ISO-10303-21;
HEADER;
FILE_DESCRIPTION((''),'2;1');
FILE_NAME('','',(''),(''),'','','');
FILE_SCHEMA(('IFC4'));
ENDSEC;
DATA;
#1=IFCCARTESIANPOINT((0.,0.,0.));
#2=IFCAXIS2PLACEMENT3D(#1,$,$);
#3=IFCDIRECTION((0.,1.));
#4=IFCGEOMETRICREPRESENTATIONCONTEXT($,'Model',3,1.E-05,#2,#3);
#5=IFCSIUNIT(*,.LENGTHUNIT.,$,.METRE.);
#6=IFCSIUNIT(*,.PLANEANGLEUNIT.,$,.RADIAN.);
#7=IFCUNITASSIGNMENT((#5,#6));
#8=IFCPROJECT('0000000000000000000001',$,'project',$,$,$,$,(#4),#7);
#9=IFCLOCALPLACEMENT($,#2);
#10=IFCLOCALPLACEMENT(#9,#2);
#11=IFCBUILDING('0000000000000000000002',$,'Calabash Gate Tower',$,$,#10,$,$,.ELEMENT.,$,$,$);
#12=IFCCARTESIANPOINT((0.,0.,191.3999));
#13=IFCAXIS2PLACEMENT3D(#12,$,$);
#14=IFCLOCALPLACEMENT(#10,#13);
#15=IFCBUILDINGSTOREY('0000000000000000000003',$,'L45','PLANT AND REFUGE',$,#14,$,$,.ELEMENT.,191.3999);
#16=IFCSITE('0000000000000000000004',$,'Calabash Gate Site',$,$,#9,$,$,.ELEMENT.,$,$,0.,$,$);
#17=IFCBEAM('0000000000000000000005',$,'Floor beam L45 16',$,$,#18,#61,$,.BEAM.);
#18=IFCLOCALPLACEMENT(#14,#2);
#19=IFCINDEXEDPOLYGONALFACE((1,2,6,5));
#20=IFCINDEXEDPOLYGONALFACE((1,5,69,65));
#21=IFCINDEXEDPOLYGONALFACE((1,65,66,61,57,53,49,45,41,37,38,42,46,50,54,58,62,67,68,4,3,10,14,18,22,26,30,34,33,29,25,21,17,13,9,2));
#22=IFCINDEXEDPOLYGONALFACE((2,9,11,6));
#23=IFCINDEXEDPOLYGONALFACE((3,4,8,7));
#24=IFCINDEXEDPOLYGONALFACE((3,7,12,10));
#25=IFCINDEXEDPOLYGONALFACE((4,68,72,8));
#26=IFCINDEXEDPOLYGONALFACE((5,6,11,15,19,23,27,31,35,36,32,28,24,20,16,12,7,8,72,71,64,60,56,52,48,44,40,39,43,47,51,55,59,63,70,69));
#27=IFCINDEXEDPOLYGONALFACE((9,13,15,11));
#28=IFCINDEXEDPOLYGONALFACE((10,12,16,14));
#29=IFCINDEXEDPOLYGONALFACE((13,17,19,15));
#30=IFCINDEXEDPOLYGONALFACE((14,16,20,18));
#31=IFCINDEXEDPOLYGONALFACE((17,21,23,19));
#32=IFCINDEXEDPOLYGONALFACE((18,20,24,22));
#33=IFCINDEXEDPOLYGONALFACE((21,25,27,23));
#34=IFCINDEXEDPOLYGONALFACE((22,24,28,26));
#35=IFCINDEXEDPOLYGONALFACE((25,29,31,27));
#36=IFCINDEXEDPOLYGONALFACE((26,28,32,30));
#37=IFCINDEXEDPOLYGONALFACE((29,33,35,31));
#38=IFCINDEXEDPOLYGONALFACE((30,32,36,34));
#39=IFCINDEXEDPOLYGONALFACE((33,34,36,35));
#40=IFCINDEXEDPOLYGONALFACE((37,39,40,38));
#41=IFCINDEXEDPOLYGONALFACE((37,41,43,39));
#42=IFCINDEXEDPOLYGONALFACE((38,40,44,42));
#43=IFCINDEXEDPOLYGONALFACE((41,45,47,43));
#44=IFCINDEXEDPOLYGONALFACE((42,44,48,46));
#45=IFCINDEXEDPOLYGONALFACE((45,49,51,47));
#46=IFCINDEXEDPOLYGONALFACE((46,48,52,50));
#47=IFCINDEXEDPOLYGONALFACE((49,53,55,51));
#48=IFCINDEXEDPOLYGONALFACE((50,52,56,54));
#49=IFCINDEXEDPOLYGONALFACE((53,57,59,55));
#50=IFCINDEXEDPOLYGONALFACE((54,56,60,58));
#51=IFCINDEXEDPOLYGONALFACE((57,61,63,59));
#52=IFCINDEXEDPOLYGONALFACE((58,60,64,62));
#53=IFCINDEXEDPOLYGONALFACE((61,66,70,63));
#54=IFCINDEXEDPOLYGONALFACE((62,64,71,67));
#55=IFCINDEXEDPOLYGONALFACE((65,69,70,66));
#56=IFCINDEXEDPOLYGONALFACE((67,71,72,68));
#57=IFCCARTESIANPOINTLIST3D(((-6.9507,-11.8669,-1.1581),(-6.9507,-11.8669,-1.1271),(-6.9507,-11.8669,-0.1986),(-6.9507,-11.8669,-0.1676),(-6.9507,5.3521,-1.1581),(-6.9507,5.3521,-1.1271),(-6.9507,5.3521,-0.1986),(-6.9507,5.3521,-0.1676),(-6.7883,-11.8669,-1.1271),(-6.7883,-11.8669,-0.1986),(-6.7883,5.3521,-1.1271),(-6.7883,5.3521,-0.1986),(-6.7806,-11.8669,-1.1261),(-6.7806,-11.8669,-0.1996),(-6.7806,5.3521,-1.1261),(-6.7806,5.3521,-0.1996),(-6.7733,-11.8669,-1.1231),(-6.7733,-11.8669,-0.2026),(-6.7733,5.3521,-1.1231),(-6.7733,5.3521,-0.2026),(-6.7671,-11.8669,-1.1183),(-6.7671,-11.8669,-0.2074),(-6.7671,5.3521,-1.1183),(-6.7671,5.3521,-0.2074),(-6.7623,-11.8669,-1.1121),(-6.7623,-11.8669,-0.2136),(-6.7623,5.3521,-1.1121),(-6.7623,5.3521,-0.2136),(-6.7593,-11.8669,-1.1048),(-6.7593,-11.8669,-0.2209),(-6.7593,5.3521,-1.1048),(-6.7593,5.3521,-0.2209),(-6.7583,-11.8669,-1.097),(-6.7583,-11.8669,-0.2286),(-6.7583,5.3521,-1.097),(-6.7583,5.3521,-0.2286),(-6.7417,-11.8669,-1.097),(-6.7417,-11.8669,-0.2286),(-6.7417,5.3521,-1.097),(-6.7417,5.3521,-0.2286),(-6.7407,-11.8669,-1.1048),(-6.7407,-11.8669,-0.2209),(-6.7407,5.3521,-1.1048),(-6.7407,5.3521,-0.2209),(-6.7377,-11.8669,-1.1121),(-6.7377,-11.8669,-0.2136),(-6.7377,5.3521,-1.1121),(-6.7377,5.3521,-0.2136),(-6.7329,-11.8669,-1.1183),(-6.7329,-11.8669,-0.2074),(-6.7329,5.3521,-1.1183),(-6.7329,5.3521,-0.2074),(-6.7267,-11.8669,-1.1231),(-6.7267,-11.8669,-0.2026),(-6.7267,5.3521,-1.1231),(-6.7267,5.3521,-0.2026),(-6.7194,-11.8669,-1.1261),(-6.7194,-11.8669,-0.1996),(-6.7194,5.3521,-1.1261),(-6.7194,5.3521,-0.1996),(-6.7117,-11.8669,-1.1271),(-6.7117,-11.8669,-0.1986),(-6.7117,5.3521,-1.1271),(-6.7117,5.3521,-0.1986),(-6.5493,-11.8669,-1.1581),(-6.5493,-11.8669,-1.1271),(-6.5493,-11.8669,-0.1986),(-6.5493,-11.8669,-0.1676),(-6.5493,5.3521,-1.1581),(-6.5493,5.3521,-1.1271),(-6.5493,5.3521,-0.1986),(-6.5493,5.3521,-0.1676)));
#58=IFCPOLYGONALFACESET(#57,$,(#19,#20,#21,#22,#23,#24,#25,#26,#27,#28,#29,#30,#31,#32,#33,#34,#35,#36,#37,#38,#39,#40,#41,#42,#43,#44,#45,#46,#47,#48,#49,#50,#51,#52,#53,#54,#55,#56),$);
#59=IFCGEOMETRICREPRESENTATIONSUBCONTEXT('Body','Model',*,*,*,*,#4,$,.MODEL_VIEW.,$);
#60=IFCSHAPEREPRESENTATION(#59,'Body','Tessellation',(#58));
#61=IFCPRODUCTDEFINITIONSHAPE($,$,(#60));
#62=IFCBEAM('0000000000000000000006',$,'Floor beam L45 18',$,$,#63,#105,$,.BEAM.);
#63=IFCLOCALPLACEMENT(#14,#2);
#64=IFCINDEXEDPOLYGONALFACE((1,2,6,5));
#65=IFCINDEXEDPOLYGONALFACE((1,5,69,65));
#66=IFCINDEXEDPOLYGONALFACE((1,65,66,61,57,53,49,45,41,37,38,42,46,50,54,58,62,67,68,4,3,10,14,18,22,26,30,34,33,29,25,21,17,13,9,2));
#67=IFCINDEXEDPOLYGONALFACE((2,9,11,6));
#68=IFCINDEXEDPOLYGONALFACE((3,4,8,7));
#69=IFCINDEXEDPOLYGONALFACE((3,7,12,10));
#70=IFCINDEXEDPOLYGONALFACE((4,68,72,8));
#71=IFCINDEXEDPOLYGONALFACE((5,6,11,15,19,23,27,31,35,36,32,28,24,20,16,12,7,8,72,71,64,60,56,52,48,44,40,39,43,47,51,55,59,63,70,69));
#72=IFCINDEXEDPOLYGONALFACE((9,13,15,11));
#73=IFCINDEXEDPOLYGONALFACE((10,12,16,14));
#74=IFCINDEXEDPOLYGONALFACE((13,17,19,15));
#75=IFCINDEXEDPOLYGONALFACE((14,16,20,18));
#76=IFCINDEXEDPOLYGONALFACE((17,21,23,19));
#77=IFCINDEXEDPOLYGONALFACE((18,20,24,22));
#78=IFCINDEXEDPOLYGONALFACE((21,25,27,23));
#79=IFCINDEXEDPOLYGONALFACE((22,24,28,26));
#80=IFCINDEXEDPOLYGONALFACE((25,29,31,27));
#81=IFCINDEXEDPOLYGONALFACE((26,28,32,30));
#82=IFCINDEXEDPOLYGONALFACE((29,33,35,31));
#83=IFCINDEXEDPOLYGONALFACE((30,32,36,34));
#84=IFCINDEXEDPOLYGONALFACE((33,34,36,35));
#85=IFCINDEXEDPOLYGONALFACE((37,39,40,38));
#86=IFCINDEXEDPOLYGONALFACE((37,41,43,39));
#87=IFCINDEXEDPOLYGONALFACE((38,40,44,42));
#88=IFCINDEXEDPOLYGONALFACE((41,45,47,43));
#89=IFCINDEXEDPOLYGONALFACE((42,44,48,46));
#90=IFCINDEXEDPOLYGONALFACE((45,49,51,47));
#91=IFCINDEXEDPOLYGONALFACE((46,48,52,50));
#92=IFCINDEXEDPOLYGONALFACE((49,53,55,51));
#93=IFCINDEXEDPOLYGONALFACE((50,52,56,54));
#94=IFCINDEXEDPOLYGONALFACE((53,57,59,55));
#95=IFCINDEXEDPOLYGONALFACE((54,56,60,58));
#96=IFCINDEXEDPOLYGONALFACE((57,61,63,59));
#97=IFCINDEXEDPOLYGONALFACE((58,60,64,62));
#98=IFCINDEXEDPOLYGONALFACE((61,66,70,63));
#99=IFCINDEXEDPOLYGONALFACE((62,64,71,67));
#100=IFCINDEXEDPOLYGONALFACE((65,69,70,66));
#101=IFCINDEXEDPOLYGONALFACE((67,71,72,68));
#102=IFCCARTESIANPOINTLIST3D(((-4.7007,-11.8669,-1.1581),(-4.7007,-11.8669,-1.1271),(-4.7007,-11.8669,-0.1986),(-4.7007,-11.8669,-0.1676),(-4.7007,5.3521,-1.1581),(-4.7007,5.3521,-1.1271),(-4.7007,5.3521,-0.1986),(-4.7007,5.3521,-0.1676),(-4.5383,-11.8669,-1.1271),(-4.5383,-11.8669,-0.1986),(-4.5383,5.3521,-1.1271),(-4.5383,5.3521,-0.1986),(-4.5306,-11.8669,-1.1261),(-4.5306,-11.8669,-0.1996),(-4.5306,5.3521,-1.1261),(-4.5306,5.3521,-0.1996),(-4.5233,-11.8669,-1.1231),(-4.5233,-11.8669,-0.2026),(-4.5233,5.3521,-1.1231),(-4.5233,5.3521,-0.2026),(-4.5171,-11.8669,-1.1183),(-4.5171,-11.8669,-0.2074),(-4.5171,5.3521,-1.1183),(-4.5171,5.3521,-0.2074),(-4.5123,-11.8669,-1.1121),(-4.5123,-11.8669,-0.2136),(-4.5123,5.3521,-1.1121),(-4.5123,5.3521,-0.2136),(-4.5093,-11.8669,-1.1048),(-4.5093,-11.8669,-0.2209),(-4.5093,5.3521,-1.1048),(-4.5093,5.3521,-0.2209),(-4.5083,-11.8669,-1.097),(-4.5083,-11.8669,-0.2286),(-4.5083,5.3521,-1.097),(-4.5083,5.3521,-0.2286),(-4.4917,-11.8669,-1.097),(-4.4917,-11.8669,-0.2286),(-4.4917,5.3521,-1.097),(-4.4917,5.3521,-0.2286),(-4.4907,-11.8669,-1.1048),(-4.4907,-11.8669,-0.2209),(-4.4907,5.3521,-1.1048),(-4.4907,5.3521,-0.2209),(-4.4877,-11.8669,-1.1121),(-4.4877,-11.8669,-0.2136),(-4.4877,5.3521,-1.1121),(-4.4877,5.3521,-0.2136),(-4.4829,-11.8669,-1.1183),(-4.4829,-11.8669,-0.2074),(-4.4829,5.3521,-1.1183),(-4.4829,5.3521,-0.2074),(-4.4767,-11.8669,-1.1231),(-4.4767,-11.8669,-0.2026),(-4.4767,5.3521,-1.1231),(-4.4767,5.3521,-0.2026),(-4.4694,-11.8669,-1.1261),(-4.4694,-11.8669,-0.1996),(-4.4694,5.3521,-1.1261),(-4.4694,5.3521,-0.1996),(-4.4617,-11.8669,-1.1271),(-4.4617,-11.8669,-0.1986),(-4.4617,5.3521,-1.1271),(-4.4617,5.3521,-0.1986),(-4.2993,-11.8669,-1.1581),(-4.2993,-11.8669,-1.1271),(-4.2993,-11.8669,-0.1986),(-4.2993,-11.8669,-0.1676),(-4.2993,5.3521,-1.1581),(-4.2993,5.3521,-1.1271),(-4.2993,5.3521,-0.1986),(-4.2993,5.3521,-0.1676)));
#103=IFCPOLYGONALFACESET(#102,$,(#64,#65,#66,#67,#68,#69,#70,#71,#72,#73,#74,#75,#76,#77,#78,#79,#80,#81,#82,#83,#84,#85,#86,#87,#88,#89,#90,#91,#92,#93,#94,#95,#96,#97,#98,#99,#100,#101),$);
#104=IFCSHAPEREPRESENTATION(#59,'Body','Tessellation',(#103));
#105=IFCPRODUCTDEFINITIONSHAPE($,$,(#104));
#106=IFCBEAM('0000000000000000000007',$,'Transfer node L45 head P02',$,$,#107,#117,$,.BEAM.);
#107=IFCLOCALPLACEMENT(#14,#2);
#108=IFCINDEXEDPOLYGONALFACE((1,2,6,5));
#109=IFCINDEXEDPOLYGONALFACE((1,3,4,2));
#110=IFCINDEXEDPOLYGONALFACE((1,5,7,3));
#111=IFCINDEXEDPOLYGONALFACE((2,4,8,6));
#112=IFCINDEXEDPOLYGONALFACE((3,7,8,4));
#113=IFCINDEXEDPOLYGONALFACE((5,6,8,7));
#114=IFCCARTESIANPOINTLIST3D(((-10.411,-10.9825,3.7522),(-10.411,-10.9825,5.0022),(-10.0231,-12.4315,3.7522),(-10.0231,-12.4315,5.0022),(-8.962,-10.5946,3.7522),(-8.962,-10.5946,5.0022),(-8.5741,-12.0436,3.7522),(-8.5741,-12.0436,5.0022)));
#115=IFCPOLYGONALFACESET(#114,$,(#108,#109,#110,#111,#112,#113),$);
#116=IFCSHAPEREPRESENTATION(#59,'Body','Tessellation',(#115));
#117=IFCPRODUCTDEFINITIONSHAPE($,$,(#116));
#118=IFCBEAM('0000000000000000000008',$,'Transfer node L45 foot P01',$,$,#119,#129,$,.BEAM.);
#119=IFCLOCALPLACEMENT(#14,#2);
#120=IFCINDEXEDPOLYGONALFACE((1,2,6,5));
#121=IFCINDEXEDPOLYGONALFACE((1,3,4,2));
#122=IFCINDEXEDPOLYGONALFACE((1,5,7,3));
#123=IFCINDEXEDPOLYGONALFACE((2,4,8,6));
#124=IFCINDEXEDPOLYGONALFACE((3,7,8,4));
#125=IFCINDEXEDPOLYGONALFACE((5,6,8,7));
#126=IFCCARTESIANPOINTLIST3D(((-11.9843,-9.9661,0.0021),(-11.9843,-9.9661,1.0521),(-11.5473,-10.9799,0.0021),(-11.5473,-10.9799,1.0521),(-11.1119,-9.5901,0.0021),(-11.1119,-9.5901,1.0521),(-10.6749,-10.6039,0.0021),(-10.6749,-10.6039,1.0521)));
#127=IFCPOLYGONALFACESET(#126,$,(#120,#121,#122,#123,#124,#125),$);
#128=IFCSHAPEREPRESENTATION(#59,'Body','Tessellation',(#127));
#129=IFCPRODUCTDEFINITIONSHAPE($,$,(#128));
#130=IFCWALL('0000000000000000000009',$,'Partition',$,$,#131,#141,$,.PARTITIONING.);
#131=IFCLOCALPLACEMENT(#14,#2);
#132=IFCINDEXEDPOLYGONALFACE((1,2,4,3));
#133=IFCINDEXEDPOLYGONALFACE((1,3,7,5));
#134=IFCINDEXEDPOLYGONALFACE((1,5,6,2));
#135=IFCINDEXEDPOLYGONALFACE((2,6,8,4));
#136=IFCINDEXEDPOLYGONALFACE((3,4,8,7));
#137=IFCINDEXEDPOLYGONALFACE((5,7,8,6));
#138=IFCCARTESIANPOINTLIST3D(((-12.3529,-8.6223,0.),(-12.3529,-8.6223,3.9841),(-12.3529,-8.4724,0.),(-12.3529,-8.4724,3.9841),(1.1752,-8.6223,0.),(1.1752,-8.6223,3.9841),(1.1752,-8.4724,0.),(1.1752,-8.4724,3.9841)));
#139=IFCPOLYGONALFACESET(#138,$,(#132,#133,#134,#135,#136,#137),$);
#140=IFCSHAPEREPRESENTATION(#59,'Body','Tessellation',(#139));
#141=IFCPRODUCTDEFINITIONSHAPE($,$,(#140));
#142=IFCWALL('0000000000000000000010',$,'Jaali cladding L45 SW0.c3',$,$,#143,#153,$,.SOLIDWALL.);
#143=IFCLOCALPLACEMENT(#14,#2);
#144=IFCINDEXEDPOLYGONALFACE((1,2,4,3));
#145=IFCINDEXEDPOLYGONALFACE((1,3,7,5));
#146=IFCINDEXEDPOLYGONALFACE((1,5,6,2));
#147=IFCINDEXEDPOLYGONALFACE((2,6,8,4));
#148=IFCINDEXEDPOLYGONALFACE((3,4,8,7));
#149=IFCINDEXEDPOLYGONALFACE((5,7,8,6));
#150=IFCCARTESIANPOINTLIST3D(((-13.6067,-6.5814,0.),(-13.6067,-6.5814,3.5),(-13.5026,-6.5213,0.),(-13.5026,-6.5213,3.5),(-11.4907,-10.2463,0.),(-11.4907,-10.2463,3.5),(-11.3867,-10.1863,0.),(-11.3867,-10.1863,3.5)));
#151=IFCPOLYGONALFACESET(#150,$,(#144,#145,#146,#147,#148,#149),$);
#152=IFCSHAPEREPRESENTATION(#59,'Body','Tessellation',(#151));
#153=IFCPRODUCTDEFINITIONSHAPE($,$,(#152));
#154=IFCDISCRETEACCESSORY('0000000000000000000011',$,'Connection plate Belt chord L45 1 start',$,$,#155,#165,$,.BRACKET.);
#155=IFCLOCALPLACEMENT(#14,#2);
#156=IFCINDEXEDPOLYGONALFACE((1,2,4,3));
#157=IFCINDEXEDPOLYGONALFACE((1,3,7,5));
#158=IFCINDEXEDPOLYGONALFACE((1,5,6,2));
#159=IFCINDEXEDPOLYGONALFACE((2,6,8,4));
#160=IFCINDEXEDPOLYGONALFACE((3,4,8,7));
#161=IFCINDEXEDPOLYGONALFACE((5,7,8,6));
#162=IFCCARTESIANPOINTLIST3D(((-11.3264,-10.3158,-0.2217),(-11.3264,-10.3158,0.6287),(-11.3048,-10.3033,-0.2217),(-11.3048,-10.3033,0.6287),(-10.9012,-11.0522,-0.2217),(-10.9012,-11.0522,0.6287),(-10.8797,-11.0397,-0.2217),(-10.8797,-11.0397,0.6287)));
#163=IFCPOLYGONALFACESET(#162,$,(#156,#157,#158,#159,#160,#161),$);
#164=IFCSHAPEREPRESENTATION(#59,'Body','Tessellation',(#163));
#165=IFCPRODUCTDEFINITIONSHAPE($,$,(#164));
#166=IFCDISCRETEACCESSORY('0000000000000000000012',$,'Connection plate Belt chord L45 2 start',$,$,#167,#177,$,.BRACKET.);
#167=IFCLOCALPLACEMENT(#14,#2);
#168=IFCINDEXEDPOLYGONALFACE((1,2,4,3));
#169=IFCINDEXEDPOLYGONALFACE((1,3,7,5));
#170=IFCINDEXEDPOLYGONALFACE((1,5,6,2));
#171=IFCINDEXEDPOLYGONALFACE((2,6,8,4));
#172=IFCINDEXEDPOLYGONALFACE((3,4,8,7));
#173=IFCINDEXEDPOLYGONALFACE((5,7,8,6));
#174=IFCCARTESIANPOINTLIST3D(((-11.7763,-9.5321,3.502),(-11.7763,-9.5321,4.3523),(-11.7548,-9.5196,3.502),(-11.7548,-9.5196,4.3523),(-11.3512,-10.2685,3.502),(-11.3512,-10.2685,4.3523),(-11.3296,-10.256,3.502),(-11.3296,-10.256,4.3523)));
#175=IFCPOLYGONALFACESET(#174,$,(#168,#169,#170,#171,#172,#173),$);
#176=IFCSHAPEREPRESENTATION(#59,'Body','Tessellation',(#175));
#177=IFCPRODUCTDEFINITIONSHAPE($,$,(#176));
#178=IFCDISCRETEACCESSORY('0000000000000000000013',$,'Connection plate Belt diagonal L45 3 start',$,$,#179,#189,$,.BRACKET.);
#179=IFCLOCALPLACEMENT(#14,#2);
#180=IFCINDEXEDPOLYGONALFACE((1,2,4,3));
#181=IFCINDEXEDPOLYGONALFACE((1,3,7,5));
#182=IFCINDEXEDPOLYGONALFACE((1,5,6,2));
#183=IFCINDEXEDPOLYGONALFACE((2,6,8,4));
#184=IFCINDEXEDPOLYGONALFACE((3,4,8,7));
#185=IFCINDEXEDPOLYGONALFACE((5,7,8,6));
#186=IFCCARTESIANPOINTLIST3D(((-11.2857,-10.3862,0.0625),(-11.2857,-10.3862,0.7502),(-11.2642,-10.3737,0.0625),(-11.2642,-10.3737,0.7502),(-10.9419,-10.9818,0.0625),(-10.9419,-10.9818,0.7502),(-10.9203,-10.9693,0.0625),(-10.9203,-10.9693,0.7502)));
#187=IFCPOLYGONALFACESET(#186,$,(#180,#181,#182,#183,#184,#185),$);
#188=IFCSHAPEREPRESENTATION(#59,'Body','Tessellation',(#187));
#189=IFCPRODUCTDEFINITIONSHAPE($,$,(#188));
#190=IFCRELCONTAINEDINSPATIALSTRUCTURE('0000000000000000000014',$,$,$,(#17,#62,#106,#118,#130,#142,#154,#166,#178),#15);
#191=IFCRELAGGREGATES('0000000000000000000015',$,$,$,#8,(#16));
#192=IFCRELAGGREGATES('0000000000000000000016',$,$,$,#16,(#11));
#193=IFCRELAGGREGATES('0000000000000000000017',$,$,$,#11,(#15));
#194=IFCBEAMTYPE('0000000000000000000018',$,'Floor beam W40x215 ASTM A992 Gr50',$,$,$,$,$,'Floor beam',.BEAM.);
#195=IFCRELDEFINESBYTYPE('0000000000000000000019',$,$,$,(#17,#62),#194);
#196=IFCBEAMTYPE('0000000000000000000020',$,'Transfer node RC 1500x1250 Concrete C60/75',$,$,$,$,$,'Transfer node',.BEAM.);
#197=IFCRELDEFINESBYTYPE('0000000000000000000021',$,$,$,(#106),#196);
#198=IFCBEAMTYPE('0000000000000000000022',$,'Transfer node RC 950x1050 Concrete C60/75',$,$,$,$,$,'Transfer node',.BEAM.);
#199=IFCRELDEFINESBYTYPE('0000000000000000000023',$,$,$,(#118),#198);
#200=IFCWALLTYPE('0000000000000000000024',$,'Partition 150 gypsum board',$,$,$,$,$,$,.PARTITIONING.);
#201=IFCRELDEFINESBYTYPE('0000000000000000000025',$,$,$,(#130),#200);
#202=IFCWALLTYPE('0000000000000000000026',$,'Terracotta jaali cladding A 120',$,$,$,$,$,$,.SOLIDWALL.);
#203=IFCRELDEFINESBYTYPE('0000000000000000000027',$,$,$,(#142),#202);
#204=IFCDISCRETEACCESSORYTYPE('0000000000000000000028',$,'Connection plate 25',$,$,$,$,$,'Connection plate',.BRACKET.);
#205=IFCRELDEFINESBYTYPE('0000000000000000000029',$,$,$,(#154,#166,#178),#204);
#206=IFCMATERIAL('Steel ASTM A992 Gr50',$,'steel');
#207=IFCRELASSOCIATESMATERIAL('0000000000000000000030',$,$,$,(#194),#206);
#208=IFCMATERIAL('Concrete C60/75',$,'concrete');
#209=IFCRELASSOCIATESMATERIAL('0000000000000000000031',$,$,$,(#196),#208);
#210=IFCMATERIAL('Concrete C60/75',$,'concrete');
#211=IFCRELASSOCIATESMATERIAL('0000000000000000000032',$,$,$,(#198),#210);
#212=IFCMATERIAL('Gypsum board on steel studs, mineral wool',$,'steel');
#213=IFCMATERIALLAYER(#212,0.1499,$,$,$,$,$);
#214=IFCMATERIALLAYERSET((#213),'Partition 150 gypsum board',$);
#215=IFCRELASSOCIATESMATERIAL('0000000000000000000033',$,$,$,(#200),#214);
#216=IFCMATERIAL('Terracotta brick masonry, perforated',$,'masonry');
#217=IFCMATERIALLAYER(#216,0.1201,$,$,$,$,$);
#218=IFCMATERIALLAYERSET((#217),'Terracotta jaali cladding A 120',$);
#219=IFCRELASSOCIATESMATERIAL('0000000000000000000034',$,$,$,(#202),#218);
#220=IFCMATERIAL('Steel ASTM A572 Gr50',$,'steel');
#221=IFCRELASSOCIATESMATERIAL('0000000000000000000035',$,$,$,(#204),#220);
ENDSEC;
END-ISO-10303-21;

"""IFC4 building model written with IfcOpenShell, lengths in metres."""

from ifc_helpers import new_model, si_unit, direction, frame, frame_2d, origin, origin_2d, place, context, subcontext, project, spatial, rectangle, i_section, extrude, material, layer, layer_set, material_profile, profile_set, type_object, element, save


model = new_model("IFC4")

# Units and contexts
model_context = context("Model", 3, precision=1e-05, world=origin(), true_north=direction((0.0, 1.0)))
body_context = subcontext(model_context, "Body", "Model", "MODEL_VIEW")
ifc_project = project(units=[si_unit("LENGTHUNIT", "METRE"), si_unit("PLANEANGLEUNIT", "RADIAN")], contexts=[model_context])

# Site, building, storey
site_placement = place(None, origin())
site = spatial("IfcSite", under=ifc_project, at=site_placement, Name="Calabash Gate Site", CompositionType="ELEMENT", RefElevation=0.0)
building_placement = place(site_placement, origin())
building = spatial("IfcBuilding", under=site, at=building_placement, Name="Calabash Gate Tower", CompositionType="ELEMENT")
storey_placement = place(building_placement, frame((0.0, 0.0, 191.3999)))
storey = spatial("IfcBuildingStorey", under=building, at=storey_placement, Name="L45", Description="PLANT AND REFUGE", CompositionType="ELEMENT", Elevation=191.3999)

# Beams
ifc_material_1 = material(Name="Steel ASTM A992 Gr50", Category="steel")
ifc_material_profile_1 = material_profile(ifc_material_1, i_section(OverallWidth=0.4014, OverallDepth=0.9905, WebThickness=0.0166, FlangeThickness=0.031, FilletRadius=0.03, at=origin_2d()))
ifc_profile_set_1 = profile_set([ifc_material_profile_1], Name="Steel ASTM A992 Gr50")
beam_type_1 = type_object("IfcBeamType", Name="Floor beam W40x215 ASTM A992 Gr50", ElementType="Floor beam", PredefinedType="BEAM", material=ifc_profile_set_1)
for number, where, z_axis, x_axis, name in (
    (1, (-6.75, -11.8669, -0.6628), (0.0, 1.0, 0.0), (-1.0, 0.0, 0.0), "Floor beam L45 16"),
    (2, (-4.5, -11.8669, -0.6628), (0.0, 1.0, 0.0), (-1.0, 0.0, 0.0), "Floor beam L45 18"),
):
    element("IfcBeam", number, at=place(storey_placement, frame(where, z_axis=z_axis, x_axis=x_axis)), inside=storey, type_object=beam_type_1, Name=name, PredefinedType="BEAM", context=body_context, shape_type="SweptSolid", body=[
        extrude(i_section(OverallWidth=0.4014, OverallDepth=0.9905, WebThickness=0.0166, FlangeThickness=0.031, FilletRadius=0.03, at=origin_2d()), origin(), (0.0, 0.0, 1.0), 17.219),
    ])
ifc_material_2 = material(Name="Concrete C60/75", Category="concrete")
ifc_material_profile_2 = material_profile(ifc_material_2, rectangle(XDim=1.5, YDim=1.25, at=origin_2d()))
ifc_profile_set_2 = profile_set([ifc_material_profile_2], Name="Concrete C60/75")
beam_type_2 = type_object("IfcBeamType", Name="Transfer node RC 1500x1250 Concrete C60/75", ElementType="Transfer node", PredefinedType="BEAM", material=ifc_profile_set_2)
beam_1_placement = place(storey_placement, frame((-8.7681, -11.3191, 4.3772), z_axis=(-0.965978, -0.258625, 0.0), x_axis=(0.258625, -0.965978, 0.0)))
element("IfcBeam", 3, at=beam_1_placement, inside=storey, type_object=beam_type_2, Name="Transfer node L45 head P02", PredefinedType="BEAM", context=body_context, shape_type="SweptSolid", body=[
    extrude(rectangle(XDim=1.5, YDim=1.25, at=origin_2d()), origin(), (0.0, 0.0, 1.0), 1.5),
])
ifc_material_3 = material(Name="Concrete C60/75", Category="concrete")
ifc_material_profile_3 = material_profile(ifc_material_3, rectangle(XDim=0.95, YDim=1.05, at=origin_2d()))
ifc_profile_set_3 = profile_set([ifc_material_profile_3], Name="Concrete C60/75")
beam_type_3 = type_object("IfcBeamType", Name="Transfer node RC 950x1050 Concrete C60/75", ElementType="Transfer node", PredefinedType="BEAM", material=ifc_profile_set_3)
beam_2_placement = place(storey_placement, frame((-11.5481, -9.7781, 0.5271), z_axis=(0.395813, -0.918331, 0.0), x_axis=(0.918331, 0.395813, 0.0)))
element("IfcBeam", 4, at=beam_2_placement, inside=storey, type_object=beam_type_3, Name="Transfer node L45 foot P01", PredefinedType="BEAM", context=body_context, shape_type="SweptSolid", body=[
    extrude(rectangle(XDim=0.95, YDim=1.05, at=origin_2d()), origin(), (0.0, 0.0, 1.0), 1.104),
])

# Walls
ifc_material_4 = material(Name="Gypsum board on steel studs, mineral wool", Category="steel")
ifc_layer_1 = layer(ifc_material_4, 0.1499)
ifc_layer_set_1 = layer_set([ifc_layer_1], Name="Partition 150 gypsum board")
wall_type_1 = type_object("IfcWallType", Name="Partition 150 gypsum board", PredefinedType="PARTITIONING", material=ifc_layer_set_1)
wall_1_placement = place(storey_placement, frame((-12.353, -8.5474, 0.0), z_axis=(0.0, 0.0, 1.0), x_axis=(1.0, 0.0, 0.0)))
element("IfcWall", 5, at=wall_1_placement, inside=storey, type_object=wall_type_1, Name="Partition", PredefinedType="PARTITIONING", context=body_context, shape_type="SweptSolid", body=[
    extrude(rectangle(XDim=13.5281, YDim=0.1499, at=frame_2d((6.7642, 0.0))), origin(), (0.0, 0.0, 1.0), 3.9841),
])
ifc_material_5 = material(Name="Terracotta brick masonry, perforated", Category="masonry")
ifc_layer_2 = layer(ifc_material_5, 0.1201)
ifc_layer_set_2 = layer_set([ifc_layer_2], Name="Terracotta jaali cladding A 120")
wall_type_2 = type_object("IfcWallType", Name="Terracotta jaali cladding A 120", PredefinedType="SOLIDWALL", material=ifc_layer_set_2)
wall_2_placement = place(storey_placement, frame((-11.4387, -10.2163, 0.0), z_axis=(0.0, 0.0, 1.0), x_axis=(-0.499992, 0.86603, 0.0)))
element("IfcWall", 6, at=wall_2_placement, inside=storey, type_object=wall_type_2, Name="Jaali cladding L45 SW0.c3", PredefinedType="SOLIDWALL", context=body_context, shape_type="SweptSolid", body=[
    extrude(rectangle(XDim=4.2319, YDim=0.1201, at=frame_2d((2.116, 0.0))), origin(), (0.0, 0.0, 1.0), 3.5),
])

# Discrete accessories
ifc_material_6 = material(Name="Steel ASTM A572 Gr50", Category="steel")
discrete_accessory_type = type_object("IfcDiscreteAccessoryType", Name="Connection plate 25", ElementType="Connection plate", PredefinedType="BRACKET", material=ifc_material_6)
for number, where, z_axis, x_axis, name in (
    (7, (-11.103, -10.6777, -0.2217), (0.0, 0.0, 1.0), (0.5, -0.866025, 0.0), "Connection plate Belt chord L45 1 start"),
    (8, (-11.553, -9.894, 3.502), (0.0, 0.0, 1.0), (0.499982, -0.866036, 0.0), "Connection plate Belt chord L45 2 start"),
):
    element("IfcDiscreteAccessory", number, at=place(storey_placement, frame(where, z_axis=z_axis, x_axis=x_axis)), inside=storey, type_object=discrete_accessory_type, Name=name, PredefinedType="BRACKET", context=body_context, shape_type="SweptSolid", body=[
        extrude(rectangle(XDim=0.8503, YDim=0.0249, at=origin_2d()), origin(), (0.0, 0.0, 1.0), 0.8503),
    ])
for number, where, z_axis, x_axis, name in (
    (9, (-11.103, -10.6777, 0.0625), (0.0, 0.0, 1.0), (0.5, -0.866025, 0.0), "Connection plate Belt diagonal L45 3 start"),
):
    element("IfcDiscreteAccessory", number, at=place(storey_placement, frame(where, z_axis=z_axis, x_axis=x_axis)), inside=storey, type_object=discrete_accessory_type, Name=name, PredefinedType="BRACKET", context=body_context, shape_type="SweptSolid", body=[
        extrude(rectangle(XDim=0.6877, YDim=0.0249, at=origin_2d()), origin(), (0.0, 0.0, 1.0), 0.6877),
    ])

save(model, "model.ifc")
